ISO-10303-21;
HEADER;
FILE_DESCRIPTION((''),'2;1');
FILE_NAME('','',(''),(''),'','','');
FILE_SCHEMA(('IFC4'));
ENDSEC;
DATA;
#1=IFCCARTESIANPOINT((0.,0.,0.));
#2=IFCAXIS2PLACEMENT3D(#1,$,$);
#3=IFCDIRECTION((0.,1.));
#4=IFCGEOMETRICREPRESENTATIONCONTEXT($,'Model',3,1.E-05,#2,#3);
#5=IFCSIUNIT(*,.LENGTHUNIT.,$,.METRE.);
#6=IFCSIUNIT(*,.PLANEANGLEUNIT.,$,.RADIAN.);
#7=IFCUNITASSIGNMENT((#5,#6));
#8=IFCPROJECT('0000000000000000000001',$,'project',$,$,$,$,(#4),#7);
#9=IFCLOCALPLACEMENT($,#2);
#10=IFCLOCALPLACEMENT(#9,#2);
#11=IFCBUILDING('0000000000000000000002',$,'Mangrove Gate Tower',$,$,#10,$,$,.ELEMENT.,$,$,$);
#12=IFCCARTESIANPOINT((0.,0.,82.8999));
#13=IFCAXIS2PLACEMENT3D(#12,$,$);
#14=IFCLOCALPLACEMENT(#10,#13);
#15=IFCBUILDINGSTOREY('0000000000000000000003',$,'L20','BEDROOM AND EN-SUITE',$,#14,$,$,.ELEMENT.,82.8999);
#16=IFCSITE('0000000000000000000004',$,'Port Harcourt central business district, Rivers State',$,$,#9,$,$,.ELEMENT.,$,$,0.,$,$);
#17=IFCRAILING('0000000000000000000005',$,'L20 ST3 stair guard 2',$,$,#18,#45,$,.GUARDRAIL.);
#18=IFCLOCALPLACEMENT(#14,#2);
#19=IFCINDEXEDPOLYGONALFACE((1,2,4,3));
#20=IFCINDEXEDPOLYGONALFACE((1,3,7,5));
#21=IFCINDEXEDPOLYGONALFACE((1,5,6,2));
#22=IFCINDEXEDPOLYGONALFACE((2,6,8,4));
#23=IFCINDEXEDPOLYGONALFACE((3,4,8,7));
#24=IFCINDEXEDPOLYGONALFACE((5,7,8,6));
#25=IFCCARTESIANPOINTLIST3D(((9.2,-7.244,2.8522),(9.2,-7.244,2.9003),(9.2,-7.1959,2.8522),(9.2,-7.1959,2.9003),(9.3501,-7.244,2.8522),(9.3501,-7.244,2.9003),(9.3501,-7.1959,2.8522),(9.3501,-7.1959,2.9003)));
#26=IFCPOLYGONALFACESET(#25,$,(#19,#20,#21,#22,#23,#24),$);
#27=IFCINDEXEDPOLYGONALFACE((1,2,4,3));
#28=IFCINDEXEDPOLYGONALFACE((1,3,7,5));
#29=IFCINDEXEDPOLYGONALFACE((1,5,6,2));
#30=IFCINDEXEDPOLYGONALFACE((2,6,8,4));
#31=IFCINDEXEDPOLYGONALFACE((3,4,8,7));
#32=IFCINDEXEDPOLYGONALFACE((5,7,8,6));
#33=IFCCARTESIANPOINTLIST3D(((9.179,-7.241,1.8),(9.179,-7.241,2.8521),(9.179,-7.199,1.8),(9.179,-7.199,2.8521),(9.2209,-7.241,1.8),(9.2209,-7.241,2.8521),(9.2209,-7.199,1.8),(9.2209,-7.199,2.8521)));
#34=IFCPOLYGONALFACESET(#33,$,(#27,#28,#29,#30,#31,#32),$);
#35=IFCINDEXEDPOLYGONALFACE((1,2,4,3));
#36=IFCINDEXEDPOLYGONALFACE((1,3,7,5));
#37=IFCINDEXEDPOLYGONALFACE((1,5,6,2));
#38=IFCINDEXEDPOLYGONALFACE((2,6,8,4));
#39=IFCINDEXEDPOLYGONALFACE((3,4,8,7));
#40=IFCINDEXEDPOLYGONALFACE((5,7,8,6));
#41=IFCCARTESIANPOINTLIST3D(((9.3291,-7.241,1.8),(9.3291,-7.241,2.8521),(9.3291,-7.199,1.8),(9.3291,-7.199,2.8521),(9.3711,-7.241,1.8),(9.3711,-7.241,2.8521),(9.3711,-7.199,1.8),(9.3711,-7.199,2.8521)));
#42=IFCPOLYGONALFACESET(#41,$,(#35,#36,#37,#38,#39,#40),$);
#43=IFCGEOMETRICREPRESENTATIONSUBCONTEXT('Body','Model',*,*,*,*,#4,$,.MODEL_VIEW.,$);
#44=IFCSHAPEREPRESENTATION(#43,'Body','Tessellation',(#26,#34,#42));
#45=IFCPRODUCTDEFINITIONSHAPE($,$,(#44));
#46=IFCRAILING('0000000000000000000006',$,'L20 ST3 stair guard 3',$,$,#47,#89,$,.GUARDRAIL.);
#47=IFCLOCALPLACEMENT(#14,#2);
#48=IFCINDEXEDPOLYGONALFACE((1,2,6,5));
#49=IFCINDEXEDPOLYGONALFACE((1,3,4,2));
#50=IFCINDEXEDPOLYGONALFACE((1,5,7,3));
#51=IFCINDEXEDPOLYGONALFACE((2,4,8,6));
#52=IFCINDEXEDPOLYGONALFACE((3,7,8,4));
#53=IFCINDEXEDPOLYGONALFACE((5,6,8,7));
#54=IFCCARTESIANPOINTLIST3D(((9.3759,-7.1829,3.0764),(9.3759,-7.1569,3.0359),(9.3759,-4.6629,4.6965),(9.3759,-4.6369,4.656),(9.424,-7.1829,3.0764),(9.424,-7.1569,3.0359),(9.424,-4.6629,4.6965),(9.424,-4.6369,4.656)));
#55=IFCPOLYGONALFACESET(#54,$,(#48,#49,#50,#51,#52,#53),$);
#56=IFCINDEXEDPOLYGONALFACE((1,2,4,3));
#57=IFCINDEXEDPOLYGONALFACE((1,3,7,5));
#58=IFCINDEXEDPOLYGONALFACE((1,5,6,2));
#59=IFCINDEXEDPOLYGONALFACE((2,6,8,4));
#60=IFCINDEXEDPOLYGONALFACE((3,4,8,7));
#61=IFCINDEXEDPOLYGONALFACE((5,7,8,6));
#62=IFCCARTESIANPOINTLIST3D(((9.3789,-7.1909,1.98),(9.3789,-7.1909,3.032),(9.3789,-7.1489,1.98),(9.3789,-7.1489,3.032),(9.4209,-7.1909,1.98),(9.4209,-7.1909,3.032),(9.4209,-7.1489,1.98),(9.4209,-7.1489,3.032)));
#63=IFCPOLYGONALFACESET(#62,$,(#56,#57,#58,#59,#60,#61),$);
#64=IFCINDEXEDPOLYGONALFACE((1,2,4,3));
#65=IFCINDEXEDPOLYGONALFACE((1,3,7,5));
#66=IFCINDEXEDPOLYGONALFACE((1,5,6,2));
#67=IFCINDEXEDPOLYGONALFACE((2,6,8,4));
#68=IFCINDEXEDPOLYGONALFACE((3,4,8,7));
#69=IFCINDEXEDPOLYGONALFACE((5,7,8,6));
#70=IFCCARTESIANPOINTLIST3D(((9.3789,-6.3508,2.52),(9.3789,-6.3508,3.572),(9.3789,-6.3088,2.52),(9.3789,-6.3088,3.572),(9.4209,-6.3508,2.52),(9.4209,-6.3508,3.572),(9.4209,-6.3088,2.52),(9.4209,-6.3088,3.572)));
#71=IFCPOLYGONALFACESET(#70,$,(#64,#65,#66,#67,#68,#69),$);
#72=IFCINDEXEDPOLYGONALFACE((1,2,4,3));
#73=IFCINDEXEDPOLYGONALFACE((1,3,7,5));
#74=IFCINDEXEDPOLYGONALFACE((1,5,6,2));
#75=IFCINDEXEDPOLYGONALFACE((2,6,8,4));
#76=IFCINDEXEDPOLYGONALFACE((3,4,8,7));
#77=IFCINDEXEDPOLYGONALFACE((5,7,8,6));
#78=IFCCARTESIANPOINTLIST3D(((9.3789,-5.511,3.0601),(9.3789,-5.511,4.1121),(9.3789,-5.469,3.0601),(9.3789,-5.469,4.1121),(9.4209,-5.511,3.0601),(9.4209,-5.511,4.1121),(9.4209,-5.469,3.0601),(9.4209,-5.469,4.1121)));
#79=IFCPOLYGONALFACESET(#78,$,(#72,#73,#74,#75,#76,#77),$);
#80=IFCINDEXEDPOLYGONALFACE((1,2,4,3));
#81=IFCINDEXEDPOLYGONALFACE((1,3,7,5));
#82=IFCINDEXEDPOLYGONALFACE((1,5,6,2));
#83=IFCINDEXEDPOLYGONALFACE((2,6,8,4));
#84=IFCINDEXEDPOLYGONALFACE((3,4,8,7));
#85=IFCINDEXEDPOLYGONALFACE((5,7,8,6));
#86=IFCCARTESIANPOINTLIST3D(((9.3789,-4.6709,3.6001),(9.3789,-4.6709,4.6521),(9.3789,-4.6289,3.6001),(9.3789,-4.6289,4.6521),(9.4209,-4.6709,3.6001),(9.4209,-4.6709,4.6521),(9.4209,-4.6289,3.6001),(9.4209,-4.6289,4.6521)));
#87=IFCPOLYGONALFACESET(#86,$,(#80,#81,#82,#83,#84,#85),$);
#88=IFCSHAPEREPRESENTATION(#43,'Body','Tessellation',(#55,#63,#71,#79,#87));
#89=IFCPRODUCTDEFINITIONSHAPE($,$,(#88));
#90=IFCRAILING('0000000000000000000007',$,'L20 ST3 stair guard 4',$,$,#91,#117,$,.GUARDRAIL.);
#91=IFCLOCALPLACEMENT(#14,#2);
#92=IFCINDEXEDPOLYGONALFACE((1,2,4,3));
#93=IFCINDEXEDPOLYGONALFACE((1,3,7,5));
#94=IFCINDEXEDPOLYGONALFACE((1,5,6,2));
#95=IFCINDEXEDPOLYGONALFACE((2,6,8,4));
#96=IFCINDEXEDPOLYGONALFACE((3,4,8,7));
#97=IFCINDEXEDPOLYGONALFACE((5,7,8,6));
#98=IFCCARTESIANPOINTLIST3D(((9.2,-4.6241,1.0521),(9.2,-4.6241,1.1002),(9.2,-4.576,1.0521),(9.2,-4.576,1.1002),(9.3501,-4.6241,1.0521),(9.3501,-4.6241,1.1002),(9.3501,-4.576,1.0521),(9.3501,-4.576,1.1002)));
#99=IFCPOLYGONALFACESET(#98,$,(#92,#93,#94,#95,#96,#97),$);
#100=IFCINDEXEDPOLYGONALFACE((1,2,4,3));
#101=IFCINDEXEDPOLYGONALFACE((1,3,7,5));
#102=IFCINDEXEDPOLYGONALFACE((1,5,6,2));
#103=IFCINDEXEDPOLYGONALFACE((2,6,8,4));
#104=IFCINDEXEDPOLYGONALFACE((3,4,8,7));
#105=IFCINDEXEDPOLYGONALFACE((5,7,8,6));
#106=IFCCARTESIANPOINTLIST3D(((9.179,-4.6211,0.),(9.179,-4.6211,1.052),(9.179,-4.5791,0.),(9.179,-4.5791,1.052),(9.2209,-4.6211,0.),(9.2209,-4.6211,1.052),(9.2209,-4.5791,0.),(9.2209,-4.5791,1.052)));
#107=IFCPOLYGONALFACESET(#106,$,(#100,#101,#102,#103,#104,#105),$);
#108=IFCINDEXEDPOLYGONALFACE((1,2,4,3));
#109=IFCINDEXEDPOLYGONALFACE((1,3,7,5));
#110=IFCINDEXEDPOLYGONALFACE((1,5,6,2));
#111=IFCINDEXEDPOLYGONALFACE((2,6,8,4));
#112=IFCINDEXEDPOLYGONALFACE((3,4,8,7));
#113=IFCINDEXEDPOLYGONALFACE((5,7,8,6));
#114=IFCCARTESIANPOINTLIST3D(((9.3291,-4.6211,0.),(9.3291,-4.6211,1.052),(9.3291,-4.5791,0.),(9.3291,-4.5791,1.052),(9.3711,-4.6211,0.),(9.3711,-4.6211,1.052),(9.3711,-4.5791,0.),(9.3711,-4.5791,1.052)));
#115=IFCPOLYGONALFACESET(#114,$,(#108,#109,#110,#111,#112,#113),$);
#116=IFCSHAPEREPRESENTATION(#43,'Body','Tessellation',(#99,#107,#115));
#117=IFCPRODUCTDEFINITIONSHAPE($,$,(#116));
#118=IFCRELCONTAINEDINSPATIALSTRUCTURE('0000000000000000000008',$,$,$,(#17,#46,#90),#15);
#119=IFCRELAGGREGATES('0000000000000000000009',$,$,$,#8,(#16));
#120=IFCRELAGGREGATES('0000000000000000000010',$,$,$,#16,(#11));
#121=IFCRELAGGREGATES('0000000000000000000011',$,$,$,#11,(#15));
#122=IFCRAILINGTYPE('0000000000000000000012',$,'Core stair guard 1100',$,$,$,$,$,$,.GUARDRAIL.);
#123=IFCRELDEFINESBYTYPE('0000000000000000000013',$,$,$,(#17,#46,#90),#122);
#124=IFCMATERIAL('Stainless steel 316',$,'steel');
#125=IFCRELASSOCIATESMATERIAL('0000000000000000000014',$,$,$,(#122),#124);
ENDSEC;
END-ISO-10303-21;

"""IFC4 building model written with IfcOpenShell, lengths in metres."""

from ifc_helpers import new_model, si_unit, direction, frame, origin, origin_2d, place, context, subcontext, project, spatial, rectangle, extrude, material, type_object, element, save


model = new_model("IFC4")

# Units and contexts
model_context = context("Model", 3, precision=1e-05, world=origin(), true_north=direction((0.0, 1.0)))
body_context = subcontext(model_context, "Body", "Model", "MODEL_VIEW")
ifc_project = project(units=[si_unit("LENGTHUNIT", "METRE"), si_unit("PLANEANGLEUNIT", "RADIAN")], contexts=[model_context])

# Site, building, storey
site_placement = place(None, origin())
site = spatial("IfcSite", under=ifc_project, at=site_placement, Name="Port Harcourt central business district, Rivers State", CompositionType="ELEMENT", RefElevation=0.0)
building_placement = place(site_placement, origin())
building = spatial("IfcBuilding", under=site, at=building_placement, Name="Mangrove Gate Tower", CompositionType="ELEMENT")
storey_placement = place(building_placement, frame((0.0, 0.0, 82.8999)))
storey = spatial("IfcBuildingStorey", under=building, at=storey_placement, Name="L20", Description="BEDROOM AND EN-SUITE", CompositionType="ELEMENT", Elevation=82.8999)

# Railings
ifc_material_1 = material(Name="Stainless steel 316", Category="steel")
railing_type_1 = type_object("IfcRailingType", Name="Core stair guard 1100", PredefinedType="GUARDRAIL", material=ifc_material_1)
railing_1_placement = place(storey_placement, frame((9.2, -7.22, 1.8)))
element("IfcRailing", 1, at=railing_1_placement, inside=storey, type_object=railing_type_1, Name="L20 ST3 stair guard 2", PredefinedType="GUARDRAIL", context=body_context, shape_type="SweptSolid", body=[
    extrude(rectangle(XDim=0.0481, YDim=0.0481, at=origin_2d()), frame((0.0, 0.0, 1.0762), z_axis=(1.0, 0.0, 0.0), x_axis=(0.0, 1.0, 0.0)), (0.0, 0.0, 1.0), 0.1501),
    extrude(rectangle(XDim=0.042, YDim=0.042, at=origin_2d()), origin(), (0.0, 0.0, 1.0), 1.052),
    extrude(rectangle(XDim=0.042, YDim=0.042, at=origin_2d()), frame((0.1501, 0.0, 0.0)), (0.0, 0.0, 1.0), 1.052),
])
railing_2_placement = place(storey_placement, frame((9.3999, -7.1699, 1.98)))
element("IfcRailing", 2, at=railing_2_placement, inside=storey, type_object=railing_type_1, Name="L20 ST3 stair guard 3", PredefinedType="GUARDRAIL", context=body_context, shape_type="SweptSolid", body=[
    extrude(rectangle(XDim=0.0481, YDim=0.0481, at=origin_2d()), frame((0.0, 0.0, 1.0762), z_axis=(0.0, 0.841163, 0.540782), x_axis=(-1.0, 0.0, 0.0)), (0.0, 0.0, 1.0), 2.9958),
    extrude(rectangle(XDim=0.042, YDim=0.042, at=origin_2d()), origin(), (0.0, 0.0, 1.0), 1.052),
    extrude(rectangle(XDim=0.042, YDim=0.042, at=origin_2d()), frame((0.0, 0.8401, 0.54)), (0.0, 0.0, 1.0), 1.052),
    extrude(rectangle(XDim=0.042, YDim=0.042, at=origin_2d()), frame((0.0, 1.6799, 1.0801)), (0.0, 0.0, 1.0), 1.052),
    extrude(rectangle(XDim=0.042, YDim=0.042, at=origin_2d()), frame((0.0, 2.52, 1.6201)), (0.0, 0.0, 1.0), 1.052),
])
railing_3_placement = place(storey_placement, frame((9.2, -4.6001, 0.0)))
element("IfcRailing", 3, at=railing_3_placement, inside=storey, type_object=railing_type_1, Name="L20 ST3 stair guard 4", PredefinedType="GUARDRAIL", context=body_context, shape_type="SweptSolid", body=[
    extrude(rectangle(XDim=0.0481, YDim=0.0481, at=origin_2d()), frame((0.0, 0.0, 1.0762), z_axis=(1.0, 0.0, 0.0), x_axis=(0.0, 1.0, 0.0)), (0.0, 0.0, 1.0), 0.1501),
    extrude(rectangle(XDim=0.042, YDim=0.042, at=origin_2d()), origin(), (0.0, 0.0, 1.0), 1.052),
    extrude(rectangle(XDim=0.042, YDim=0.042, at=origin_2d()), frame((0.1501, 0.0, 0.0)), (0.0, 0.0, 1.0), 1.052),
])

save(model, "model.ifc")
